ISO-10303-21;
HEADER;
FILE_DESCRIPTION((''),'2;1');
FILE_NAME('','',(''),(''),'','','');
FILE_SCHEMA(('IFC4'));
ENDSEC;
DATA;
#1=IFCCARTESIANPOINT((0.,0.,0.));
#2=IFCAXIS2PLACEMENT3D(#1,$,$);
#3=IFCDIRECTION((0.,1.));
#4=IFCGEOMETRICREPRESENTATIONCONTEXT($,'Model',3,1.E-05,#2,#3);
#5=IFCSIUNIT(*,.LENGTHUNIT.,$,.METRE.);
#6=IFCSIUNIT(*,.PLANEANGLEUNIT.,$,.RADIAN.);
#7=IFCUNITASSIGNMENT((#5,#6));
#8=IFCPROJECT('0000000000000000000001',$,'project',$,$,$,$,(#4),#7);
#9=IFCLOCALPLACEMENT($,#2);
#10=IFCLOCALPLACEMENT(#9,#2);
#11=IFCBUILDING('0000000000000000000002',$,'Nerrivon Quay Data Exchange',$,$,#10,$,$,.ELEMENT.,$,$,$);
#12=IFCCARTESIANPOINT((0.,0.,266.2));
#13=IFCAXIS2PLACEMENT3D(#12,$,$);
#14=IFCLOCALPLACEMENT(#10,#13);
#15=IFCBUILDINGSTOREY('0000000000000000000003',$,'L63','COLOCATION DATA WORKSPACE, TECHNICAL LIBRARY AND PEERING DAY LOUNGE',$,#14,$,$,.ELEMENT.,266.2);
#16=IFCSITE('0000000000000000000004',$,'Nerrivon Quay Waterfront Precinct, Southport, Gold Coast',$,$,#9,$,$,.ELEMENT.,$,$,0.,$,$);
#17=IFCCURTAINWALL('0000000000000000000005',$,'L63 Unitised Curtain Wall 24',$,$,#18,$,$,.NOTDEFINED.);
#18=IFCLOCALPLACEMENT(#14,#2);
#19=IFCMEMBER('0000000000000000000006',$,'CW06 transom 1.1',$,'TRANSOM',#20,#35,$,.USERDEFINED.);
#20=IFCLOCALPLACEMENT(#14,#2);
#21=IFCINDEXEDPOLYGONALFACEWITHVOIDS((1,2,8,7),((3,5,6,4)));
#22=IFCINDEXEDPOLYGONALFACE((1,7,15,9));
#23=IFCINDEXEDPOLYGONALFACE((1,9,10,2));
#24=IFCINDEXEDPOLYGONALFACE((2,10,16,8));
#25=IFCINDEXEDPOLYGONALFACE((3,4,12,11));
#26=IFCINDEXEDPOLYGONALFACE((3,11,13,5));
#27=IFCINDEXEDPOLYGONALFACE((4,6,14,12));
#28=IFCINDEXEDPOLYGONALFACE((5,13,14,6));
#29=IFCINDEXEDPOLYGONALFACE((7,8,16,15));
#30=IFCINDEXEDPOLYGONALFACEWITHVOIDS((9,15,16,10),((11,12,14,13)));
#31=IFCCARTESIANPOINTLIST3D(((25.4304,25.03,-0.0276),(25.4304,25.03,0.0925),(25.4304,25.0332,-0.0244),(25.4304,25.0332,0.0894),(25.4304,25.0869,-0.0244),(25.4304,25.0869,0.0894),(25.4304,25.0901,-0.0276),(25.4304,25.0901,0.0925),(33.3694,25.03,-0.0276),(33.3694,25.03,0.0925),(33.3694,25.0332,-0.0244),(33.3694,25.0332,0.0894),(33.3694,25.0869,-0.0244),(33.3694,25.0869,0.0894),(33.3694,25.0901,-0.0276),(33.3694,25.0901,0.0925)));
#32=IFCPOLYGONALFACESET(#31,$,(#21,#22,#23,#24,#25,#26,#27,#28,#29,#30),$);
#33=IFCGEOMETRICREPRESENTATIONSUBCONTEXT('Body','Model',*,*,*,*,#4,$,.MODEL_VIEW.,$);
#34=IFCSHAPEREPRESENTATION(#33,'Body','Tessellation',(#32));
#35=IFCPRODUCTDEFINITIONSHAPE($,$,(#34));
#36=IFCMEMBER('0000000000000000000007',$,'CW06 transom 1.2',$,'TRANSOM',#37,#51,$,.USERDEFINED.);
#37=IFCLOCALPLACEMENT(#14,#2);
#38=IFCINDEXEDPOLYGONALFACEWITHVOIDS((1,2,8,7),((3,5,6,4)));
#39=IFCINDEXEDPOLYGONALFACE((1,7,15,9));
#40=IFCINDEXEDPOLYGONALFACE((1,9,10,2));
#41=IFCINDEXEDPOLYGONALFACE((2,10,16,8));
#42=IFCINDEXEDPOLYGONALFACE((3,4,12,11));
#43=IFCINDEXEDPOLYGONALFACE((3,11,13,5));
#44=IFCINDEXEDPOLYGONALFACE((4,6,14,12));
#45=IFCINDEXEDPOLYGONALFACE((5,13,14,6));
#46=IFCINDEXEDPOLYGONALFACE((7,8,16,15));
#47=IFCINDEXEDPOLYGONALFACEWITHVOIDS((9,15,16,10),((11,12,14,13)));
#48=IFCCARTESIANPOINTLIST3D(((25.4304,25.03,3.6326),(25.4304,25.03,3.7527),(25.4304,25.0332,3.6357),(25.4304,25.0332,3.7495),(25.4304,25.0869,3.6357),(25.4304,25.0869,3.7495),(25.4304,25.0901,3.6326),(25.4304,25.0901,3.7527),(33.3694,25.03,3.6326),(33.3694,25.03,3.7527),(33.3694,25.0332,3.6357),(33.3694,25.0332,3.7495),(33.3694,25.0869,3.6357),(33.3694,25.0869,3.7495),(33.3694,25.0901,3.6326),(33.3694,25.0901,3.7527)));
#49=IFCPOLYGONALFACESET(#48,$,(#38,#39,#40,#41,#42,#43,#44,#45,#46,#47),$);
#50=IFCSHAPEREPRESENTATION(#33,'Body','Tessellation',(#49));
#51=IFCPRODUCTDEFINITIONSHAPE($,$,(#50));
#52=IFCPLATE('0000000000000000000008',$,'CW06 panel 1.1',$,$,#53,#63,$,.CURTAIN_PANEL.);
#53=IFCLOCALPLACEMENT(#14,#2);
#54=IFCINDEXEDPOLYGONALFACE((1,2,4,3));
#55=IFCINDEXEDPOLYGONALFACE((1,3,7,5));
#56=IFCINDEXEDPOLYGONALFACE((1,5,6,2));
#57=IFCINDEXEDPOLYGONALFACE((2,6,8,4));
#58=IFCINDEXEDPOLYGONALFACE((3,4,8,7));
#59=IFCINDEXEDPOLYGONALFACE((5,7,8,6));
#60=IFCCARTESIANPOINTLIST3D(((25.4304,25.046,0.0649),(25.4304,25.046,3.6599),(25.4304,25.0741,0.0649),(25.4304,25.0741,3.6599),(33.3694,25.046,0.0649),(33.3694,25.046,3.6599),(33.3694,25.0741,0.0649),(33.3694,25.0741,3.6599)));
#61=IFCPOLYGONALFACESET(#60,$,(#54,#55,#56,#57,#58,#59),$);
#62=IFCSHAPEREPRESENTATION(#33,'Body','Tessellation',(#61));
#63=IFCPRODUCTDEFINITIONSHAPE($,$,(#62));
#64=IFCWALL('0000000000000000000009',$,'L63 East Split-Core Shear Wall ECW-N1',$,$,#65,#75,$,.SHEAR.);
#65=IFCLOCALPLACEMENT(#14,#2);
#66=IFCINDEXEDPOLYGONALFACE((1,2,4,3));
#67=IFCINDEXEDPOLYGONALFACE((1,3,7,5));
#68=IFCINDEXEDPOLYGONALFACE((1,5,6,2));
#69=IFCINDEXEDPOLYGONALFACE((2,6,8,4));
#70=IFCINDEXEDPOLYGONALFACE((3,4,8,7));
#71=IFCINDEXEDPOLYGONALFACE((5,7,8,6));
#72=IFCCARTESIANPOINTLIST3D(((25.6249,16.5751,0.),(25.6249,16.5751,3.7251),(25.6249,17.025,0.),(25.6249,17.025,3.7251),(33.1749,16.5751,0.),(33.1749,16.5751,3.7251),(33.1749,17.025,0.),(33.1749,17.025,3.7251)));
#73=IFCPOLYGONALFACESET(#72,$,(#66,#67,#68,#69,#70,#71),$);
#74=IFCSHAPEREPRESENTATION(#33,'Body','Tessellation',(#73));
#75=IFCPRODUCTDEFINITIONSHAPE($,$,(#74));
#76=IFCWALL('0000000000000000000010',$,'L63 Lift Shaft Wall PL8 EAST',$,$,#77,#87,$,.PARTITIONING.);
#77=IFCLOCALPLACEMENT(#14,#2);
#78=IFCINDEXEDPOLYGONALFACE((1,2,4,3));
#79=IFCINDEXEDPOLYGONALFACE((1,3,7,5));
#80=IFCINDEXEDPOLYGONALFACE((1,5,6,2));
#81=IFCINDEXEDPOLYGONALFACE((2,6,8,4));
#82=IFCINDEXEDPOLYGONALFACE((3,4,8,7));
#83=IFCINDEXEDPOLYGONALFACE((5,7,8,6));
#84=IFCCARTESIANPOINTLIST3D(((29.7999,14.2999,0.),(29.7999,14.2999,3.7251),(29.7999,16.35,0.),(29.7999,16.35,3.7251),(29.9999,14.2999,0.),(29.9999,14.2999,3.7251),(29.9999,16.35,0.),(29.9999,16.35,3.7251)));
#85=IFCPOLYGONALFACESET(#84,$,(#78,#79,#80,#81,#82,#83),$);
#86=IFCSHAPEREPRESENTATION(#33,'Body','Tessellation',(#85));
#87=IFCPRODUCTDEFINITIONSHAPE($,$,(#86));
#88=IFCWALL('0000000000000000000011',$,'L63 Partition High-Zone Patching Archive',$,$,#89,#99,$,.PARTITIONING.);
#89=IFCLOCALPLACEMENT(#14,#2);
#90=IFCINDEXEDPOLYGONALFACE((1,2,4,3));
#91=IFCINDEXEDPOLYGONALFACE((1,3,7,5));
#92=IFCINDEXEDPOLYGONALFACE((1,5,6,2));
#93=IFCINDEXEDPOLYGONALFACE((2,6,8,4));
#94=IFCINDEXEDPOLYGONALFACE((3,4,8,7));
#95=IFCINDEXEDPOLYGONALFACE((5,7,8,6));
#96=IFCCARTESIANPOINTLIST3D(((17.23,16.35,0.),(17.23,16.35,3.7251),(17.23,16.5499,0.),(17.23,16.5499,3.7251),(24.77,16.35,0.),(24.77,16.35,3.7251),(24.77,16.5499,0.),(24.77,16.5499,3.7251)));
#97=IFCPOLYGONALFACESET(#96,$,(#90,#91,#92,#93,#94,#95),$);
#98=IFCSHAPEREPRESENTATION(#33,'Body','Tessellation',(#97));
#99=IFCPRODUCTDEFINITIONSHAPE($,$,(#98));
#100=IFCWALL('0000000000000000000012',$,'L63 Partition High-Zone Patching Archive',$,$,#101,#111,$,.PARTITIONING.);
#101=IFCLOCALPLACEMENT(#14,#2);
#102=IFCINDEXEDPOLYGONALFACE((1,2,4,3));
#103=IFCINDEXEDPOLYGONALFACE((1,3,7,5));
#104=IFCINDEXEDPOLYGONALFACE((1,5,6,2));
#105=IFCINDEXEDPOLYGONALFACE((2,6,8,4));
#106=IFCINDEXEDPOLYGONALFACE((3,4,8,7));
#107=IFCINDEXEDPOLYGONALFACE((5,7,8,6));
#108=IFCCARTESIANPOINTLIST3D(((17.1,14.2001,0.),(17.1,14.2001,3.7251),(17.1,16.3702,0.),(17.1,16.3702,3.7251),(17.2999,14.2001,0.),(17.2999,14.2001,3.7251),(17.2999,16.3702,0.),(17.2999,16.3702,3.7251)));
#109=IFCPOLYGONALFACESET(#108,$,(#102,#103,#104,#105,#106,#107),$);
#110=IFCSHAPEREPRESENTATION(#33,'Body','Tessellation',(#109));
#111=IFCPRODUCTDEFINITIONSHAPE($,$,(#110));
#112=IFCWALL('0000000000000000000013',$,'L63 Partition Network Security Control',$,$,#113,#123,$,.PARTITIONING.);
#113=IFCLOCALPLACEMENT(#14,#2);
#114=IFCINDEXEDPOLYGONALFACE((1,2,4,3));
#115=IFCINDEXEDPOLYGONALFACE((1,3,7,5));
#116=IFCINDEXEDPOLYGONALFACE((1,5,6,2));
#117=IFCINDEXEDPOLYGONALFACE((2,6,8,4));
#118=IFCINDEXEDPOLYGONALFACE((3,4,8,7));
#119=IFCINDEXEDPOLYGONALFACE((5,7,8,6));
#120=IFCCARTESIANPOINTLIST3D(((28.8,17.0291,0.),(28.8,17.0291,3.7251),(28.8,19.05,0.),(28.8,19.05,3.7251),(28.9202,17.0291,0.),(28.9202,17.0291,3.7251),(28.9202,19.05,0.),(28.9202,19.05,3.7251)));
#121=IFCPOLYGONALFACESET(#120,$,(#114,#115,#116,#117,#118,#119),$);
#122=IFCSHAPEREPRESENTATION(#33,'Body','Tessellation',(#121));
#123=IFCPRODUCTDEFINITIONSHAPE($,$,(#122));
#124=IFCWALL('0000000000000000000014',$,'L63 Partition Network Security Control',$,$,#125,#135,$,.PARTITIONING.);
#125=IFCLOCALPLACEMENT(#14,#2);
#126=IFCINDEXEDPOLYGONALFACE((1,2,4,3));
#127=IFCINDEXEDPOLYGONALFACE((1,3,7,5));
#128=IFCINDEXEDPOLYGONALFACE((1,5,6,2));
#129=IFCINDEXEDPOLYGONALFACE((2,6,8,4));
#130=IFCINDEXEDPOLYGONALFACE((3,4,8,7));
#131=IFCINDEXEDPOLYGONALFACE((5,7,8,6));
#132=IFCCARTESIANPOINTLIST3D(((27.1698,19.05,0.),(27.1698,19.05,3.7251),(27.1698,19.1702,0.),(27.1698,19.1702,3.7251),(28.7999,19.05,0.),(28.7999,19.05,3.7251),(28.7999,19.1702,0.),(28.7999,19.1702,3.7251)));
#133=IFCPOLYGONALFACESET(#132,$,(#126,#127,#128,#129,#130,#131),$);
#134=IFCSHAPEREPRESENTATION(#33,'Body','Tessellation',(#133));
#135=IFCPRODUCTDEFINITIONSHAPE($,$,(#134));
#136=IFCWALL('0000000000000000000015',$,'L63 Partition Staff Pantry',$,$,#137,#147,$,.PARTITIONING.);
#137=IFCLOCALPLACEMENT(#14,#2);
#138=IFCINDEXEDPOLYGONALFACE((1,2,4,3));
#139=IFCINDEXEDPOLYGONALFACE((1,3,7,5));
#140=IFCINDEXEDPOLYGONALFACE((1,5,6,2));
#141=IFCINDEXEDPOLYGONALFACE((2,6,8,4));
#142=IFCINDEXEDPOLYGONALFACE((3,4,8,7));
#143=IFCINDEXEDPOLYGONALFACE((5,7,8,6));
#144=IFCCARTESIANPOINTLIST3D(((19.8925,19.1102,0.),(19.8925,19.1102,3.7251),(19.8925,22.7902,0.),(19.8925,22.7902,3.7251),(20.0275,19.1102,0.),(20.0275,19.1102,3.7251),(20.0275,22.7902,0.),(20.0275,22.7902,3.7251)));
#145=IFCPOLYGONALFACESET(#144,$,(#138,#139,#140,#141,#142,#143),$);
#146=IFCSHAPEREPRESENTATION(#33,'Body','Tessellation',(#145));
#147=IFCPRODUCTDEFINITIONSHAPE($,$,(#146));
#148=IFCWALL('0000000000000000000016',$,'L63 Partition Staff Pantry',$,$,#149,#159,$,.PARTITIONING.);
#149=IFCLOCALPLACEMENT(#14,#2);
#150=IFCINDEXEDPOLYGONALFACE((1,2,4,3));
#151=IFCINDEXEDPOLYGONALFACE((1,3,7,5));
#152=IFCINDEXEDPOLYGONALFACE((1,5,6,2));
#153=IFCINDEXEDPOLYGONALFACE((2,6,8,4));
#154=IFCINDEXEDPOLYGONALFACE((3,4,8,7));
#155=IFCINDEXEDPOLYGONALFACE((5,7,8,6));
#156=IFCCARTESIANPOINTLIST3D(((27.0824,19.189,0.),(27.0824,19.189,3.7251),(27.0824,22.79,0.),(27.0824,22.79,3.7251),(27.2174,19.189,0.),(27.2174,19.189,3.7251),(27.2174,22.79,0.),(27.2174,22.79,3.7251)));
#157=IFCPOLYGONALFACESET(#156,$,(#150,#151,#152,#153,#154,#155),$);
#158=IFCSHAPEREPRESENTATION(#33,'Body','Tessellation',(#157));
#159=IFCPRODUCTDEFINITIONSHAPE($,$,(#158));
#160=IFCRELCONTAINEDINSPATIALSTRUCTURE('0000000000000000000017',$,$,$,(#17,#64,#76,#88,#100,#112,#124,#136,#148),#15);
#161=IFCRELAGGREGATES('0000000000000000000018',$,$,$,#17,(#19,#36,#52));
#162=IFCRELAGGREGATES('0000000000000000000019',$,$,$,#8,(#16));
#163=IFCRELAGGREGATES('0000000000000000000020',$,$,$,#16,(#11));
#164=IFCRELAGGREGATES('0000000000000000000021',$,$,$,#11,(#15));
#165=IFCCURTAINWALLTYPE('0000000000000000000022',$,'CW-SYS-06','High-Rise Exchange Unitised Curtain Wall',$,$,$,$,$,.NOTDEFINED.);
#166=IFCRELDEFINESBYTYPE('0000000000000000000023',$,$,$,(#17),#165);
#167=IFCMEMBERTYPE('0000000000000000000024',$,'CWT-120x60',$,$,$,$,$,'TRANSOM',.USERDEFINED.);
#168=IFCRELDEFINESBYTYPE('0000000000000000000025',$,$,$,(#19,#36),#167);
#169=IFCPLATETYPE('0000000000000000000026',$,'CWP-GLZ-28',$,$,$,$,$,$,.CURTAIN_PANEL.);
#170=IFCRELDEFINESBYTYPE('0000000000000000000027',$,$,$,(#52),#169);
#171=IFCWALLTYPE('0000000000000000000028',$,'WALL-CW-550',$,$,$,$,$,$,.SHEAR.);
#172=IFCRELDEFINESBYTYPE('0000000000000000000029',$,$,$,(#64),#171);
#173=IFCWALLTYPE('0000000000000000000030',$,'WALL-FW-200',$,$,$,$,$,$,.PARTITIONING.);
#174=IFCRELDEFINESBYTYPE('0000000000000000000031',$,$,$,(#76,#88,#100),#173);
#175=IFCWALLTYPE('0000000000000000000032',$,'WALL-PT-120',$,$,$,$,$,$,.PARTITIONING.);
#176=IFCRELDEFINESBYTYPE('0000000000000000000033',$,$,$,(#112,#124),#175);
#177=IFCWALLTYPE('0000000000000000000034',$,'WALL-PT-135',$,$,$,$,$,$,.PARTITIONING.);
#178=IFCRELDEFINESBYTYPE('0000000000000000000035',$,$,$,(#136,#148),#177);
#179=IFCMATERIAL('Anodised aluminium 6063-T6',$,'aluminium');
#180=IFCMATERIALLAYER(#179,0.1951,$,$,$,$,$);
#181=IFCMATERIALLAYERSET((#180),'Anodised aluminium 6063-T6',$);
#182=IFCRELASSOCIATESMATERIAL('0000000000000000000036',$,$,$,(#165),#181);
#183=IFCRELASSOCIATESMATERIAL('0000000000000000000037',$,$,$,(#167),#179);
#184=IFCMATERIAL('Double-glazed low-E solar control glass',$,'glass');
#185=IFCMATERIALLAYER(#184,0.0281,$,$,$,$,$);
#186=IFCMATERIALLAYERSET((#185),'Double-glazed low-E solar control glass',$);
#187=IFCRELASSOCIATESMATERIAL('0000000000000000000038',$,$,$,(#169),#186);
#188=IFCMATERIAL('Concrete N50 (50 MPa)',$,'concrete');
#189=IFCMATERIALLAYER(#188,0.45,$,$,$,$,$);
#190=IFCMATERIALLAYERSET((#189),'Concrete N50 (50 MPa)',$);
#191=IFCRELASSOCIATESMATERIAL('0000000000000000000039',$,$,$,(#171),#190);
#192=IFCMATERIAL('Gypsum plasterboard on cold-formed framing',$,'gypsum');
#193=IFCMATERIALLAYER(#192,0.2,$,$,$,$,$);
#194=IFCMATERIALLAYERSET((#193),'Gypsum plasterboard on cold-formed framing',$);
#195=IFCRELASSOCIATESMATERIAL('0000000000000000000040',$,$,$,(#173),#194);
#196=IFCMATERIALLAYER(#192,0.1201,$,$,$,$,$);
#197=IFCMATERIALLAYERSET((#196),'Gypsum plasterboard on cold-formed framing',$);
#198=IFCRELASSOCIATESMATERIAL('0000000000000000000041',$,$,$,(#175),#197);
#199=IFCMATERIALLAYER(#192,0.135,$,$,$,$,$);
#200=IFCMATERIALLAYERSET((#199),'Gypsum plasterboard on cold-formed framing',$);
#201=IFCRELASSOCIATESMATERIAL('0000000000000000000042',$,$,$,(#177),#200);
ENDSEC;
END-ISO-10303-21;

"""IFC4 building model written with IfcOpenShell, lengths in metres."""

from ifc_helpers import new_model, si_unit, direction, frame, frame_2d, origin, origin_2d, place, context, subcontext, project, spatial, rectangle, hollow_rectangle, extrude, material, layer, layer_set, material_profile, profile_set, type_object, element, aggregate, save


model = new_model("IFC4")

# Units and contexts
model_context = context("Model", 3, precision=1e-05, world=origin(), true_north=direction((0.0, 1.0)))
body_context = subcontext(model_context, "Body", "Model", "MODEL_VIEW")
ifc_project = project(units=[si_unit("LENGTHUNIT", "METRE"), si_unit("PLANEANGLEUNIT", "RADIAN")], contexts=[model_context])

# Site, building, storey
site_placement = place(None, origin())
site = spatial("IfcSite", under=ifc_project, at=site_placement, Name="Nerrivon Quay Waterfront Precinct, Southport, Gold Coast", CompositionType="ELEMENT", RefElevation=0.0)
building_placement = place(site_placement, origin())
building = spatial("IfcBuilding", under=site, at=building_placement, Name="Nerrivon Quay Data Exchange", CompositionType="ELEMENT")
storey_placement = place(building_placement, frame((0.0, 0.0, 266.2)))
storey = spatial("IfcBuildingStorey", under=building, at=storey_placement, Name="L63", Description="COLOCATION DATA WORKSPACE, TECHNICAL LIBRARY AND PEERING DAY LOUNGE", CompositionType="ELEMENT", Elevation=266.2)

# Shared definitions
ifc_material_1 = material(Name="Concrete N50 (50 MPa)", Category="concrete")

# Curtain wall, members, plate
ifc_material_2 = material(Name="Anodised aluminium 6063-T6", Category="aluminium")
ifc_layer_1 = layer(ifc_material_2, 0.1951)
ifc_layer_set_1 = layer_set([ifc_layer_1], Name="Anodised aluminium 6063-T6")
curtain_wall_type = type_object("IfcCurtainWallType", Name="CW-SYS-06", Description="High-Rise Exchange Unitised Curtain Wall", PredefinedType="NOTDEFINED", material=ifc_layer_set_1)
curtain_wall_placement = place(storey_placement, origin())
curtain_wall = element("IfcCurtainWall", 1, at=curtain_wall_placement, inside=storey, type_object=curtain_wall_type, Name="L63 Unitised Curtain Wall 24", PredefinedType="NOTDEFINED")
ifc_material_profile_1 = material_profile(ifc_material_2, hollow_rectangle(XDim=0.0601, YDim=0.1201, WallThickness=0.0032, at=origin_2d()), Name="ALU-TRAN-120x60")
ifc_profile_set_1 = profile_set([ifc_material_profile_1], Name="Anodised aluminium 6063-T6")
member_type_1 = type_object("IfcMemberType", Name="CWT-120x60", ElementType="TRANSOM", PredefinedType="USERDEFINED", material=ifc_profile_set_1)
member_1_placement = place(storey_placement, frame((25.4304, 25.0601, 0.0325), z_axis=(1.0, 0.0, 0.0), x_axis=(0.0, 1.0, 0.0)))
member_1 = element("IfcMember", 2, at=member_1_placement, type_object=member_type_1, Name="CW06 transom 1.1", ObjectType="TRANSOM", PredefinedType="USERDEFINED", context=body_context, shape_type="SweptSolid", body=[
    extrude(hollow_rectangle(XDim=0.0601, YDim=0.1201, WallThickness=0.0032, at=origin_2d()), origin(), (0.0, 0.0, 1.0), 7.939),
])
member_2_placement = place(storey_placement, frame((25.4304, 25.0601, 3.6926), z_axis=(1.0, 0.0, 0.0), x_axis=(0.0, 1.0, 0.0)))
member_2 = element("IfcMember", 3, at=member_2_placement, type_object=member_type_1, Name="CW06 transom 1.2", ObjectType="TRANSOM", PredefinedType="USERDEFINED", context=body_context, shape_type="SweptSolid", body=[
    extrude(hollow_rectangle(XDim=0.0601, YDim=0.1201, WallThickness=0.0032, at=origin_2d()), origin(), (0.0, 0.0, 1.0), 7.939),
])
ifc_material_3 = material(Name="Double-glazed low-E solar control glass", Category="glass")
ifc_layer_2 = layer(ifc_material_3, 0.0281)
ifc_layer_set_2 = layer_set([ifc_layer_2], Name="Double-glazed low-E solar control glass")
plate_type = type_object("IfcPlateType", Name="CWP-GLZ-28", PredefinedType="CURTAIN_PANEL", material=ifc_layer_set_2)
plate_placement = place(storey_placement, frame((29.3999, 25.0601, 0.0649), z_axis=(0.0, 0.0, 1.0), x_axis=(1.0, 0.0, 0.0)))
plate = element("IfcPlate", 4, at=plate_placement, type_object=plate_type, Name="CW06 panel 1.1", PredefinedType="CURTAIN_PANEL", context=body_context, shape_type="SweptSolid", body=[
    extrude(rectangle(XDim=7.939, YDim=0.0281, at=origin_2d()), origin(), (0.0, 0.0, 1.0), 3.595),
])
aggregate(curtain_wall, [member_1, member_2, plate])

# Walls
ifc_layer_3 = layer(ifc_material_1, 0.45)
ifc_layer_set_3 = layer_set([ifc_layer_3], Name="Concrete N50 (50 MPa)")
wall_type_1 = type_object("IfcWallType", Name="WALL-CW-550", PredefinedType="SHEAR", material=ifc_layer_set_3)
wall_1_placement = place(storey_placement, frame((25.625, 16.8, 0.0), z_axis=(0.0, 0.0, 1.0), x_axis=(1.0, 0.0, 0.0)))
element("IfcWall", 5, at=wall_1_placement, inside=storey, type_object=wall_type_1, Name="L63 East Split-Core Shear Wall ECW-N1", PredefinedType="SHEAR", context=body_context, shape_type="SweptSolid", body=[
    extrude(rectangle(XDim=7.55, YDim=0.45, at=frame_2d((3.7749, 0.0))), origin(), (0.0, 0.0, 1.0), 3.7251),
])
ifc_material_4 = material(Name="Gypsum plasterboard on cold-formed framing", Category="gypsum")
ifc_layer_4 = layer(ifc_material_4, 0.2)
ifc_layer_set_4 = layer_set([ifc_layer_4], Name="Gypsum plasterboard on cold-formed framing")
wall_type_2 = type_object("IfcWallType", Name="WALL-FW-200", PredefinedType="PARTITIONING", material=ifc_layer_set_4)
wall_2_placement = place(storey_placement, frame((29.8999, 14.3, 0.0), z_axis=(0.0, 0.0, 1.0), x_axis=(0.0, 1.0, 0.0)))
element("IfcWall", 6, at=wall_2_placement, inside=storey, type_object=wall_type_2, Name="L63 Lift Shaft Wall PL8 EAST", PredefinedType="PARTITIONING", context=body_context, shape_type="SweptSolid", body=[
    extrude(rectangle(XDim=2.05, YDim=0.2, at=frame_2d((1.0249, 0.0))), origin(), (0.0, 0.0, 1.0), 3.7251),
])
wall_3_placement = place(storey_placement, frame((24.77, 16.45, 0.0), z_axis=(0.0, 0.0, 1.0), x_axis=(-1.0, 0.0, 0.0)))
element("IfcWall", 7, at=wall_3_placement, inside=storey, type_object=wall_type_2, Name="L63 Partition High-Zone Patching Archive", PredefinedType="PARTITIONING", context=body_context, shape_type="SweptSolid", body=[
    extrude(rectangle(XDim=7.54, YDim=0.2, at=frame_2d((3.77, 0.0))), origin(), (0.0, 0.0, 1.0), 3.7251),
])
wall_4_placement = place(storey_placement, frame((17.2, 16.3701, 0.0), z_axis=(0.0, 0.0, 1.0), x_axis=(0.0, -1.0, 0.0)))
element("IfcWall", 8, at=wall_4_placement, inside=storey, type_object=wall_type_2, Name="L63 Partition High-Zone Patching Archive", PredefinedType="PARTITIONING", context=body_context, shape_type="SweptSolid", body=[
    extrude(rectangle(XDim=2.1702, YDim=0.2, at=frame_2d((1.085, 0.0))), origin(), (0.0, 0.0, 1.0), 3.7251),
])
ifc_layer_5 = layer(ifc_material_4, 0.1201)
ifc_layer_set_5 = layer_set([ifc_layer_5], Name="Gypsum plasterboard on cold-formed framing")
wall_type_3 = type_object("IfcWallType", Name="WALL-PT-120", PredefinedType="PARTITIONING", material=ifc_layer_set_5)
wall_5_placement = place(storey_placement, frame((28.8601, 19.05, 0.0), z_axis=(0.0, 0.0, 1.0), x_axis=(0.0, -1.0, 0.0)))
element("IfcWall", 9, at=wall_5_placement, inside=storey, type_object=wall_type_3, Name="L63 Partition Network Security Control", PredefinedType="PARTITIONING", context=body_context, shape_type="SweptSolid", body=[
    extrude(rectangle(XDim=2.021, YDim=0.1201, at=frame_2d((1.0105, 0.0))), origin(), (0.0, 0.0, 1.0), 3.7251),
])
wall_6_placement = place(storey_placement, frame((27.1699, 19.1101, 0.0), z_axis=(0.0, 0.0, 1.0), x_axis=(1.0, 0.0, 0.0)))
element("IfcWall", 10, at=wall_6_placement, inside=storey, type_object=wall_type_3, Name="L63 Partition Network Security Control", PredefinedType="PARTITIONING", context=body_context, shape_type="SweptSolid", body=[
    extrude(rectangle(XDim=1.6301, YDim=0.1201, at=frame_2d((0.8149, 0.0))), origin(), (0.0, 0.0, 1.0), 3.7251),
])
ifc_layer_6 = layer(ifc_material_4, 0.135)
ifc_layer_set_6 = layer_set([ifc_layer_6], Name="Gypsum plasterboard on cold-formed framing")
wall_type_4 = type_object("IfcWallType", Name="WALL-PT-135", PredefinedType="PARTITIONING", material=ifc_layer_set_6)
wall_7_placement = place(storey_placement, frame((19.96, 22.79, 0.0), z_axis=(0.0, 0.0, 1.0), x_axis=(0.0, -1.0, 0.0)))
element("IfcWall", 11, at=wall_7_placement, inside=storey, type_object=wall_type_4, Name="L63 Partition Staff Pantry", PredefinedType="PARTITIONING", context=body_context, shape_type="SweptSolid", body=[
    extrude(rectangle(XDim=3.6799, YDim=0.135, at=frame_2d((1.8398, 0.0))), origin(), (0.0, 0.0, 1.0), 3.7251),
])
wall_8_placement = place(storey_placement, frame((27.1499, 19.189, 0.0), z_axis=(0.0, 0.0, 1.0), x_axis=(0.0, 1.0, 0.0)))
element("IfcWall", 12, at=wall_8_placement, inside=storey, type_object=wall_type_4, Name="L63 Partition Staff Pantry", PredefinedType="PARTITIONING", context=body_context, shape_type="SweptSolid", body=[
    extrude(rectangle(XDim=3.6011, YDim=0.135, at=frame_2d((1.8005, 0.0))), origin(), (0.0, 0.0, 1.0), 3.7251),
])

save(model, "model.ifc")
